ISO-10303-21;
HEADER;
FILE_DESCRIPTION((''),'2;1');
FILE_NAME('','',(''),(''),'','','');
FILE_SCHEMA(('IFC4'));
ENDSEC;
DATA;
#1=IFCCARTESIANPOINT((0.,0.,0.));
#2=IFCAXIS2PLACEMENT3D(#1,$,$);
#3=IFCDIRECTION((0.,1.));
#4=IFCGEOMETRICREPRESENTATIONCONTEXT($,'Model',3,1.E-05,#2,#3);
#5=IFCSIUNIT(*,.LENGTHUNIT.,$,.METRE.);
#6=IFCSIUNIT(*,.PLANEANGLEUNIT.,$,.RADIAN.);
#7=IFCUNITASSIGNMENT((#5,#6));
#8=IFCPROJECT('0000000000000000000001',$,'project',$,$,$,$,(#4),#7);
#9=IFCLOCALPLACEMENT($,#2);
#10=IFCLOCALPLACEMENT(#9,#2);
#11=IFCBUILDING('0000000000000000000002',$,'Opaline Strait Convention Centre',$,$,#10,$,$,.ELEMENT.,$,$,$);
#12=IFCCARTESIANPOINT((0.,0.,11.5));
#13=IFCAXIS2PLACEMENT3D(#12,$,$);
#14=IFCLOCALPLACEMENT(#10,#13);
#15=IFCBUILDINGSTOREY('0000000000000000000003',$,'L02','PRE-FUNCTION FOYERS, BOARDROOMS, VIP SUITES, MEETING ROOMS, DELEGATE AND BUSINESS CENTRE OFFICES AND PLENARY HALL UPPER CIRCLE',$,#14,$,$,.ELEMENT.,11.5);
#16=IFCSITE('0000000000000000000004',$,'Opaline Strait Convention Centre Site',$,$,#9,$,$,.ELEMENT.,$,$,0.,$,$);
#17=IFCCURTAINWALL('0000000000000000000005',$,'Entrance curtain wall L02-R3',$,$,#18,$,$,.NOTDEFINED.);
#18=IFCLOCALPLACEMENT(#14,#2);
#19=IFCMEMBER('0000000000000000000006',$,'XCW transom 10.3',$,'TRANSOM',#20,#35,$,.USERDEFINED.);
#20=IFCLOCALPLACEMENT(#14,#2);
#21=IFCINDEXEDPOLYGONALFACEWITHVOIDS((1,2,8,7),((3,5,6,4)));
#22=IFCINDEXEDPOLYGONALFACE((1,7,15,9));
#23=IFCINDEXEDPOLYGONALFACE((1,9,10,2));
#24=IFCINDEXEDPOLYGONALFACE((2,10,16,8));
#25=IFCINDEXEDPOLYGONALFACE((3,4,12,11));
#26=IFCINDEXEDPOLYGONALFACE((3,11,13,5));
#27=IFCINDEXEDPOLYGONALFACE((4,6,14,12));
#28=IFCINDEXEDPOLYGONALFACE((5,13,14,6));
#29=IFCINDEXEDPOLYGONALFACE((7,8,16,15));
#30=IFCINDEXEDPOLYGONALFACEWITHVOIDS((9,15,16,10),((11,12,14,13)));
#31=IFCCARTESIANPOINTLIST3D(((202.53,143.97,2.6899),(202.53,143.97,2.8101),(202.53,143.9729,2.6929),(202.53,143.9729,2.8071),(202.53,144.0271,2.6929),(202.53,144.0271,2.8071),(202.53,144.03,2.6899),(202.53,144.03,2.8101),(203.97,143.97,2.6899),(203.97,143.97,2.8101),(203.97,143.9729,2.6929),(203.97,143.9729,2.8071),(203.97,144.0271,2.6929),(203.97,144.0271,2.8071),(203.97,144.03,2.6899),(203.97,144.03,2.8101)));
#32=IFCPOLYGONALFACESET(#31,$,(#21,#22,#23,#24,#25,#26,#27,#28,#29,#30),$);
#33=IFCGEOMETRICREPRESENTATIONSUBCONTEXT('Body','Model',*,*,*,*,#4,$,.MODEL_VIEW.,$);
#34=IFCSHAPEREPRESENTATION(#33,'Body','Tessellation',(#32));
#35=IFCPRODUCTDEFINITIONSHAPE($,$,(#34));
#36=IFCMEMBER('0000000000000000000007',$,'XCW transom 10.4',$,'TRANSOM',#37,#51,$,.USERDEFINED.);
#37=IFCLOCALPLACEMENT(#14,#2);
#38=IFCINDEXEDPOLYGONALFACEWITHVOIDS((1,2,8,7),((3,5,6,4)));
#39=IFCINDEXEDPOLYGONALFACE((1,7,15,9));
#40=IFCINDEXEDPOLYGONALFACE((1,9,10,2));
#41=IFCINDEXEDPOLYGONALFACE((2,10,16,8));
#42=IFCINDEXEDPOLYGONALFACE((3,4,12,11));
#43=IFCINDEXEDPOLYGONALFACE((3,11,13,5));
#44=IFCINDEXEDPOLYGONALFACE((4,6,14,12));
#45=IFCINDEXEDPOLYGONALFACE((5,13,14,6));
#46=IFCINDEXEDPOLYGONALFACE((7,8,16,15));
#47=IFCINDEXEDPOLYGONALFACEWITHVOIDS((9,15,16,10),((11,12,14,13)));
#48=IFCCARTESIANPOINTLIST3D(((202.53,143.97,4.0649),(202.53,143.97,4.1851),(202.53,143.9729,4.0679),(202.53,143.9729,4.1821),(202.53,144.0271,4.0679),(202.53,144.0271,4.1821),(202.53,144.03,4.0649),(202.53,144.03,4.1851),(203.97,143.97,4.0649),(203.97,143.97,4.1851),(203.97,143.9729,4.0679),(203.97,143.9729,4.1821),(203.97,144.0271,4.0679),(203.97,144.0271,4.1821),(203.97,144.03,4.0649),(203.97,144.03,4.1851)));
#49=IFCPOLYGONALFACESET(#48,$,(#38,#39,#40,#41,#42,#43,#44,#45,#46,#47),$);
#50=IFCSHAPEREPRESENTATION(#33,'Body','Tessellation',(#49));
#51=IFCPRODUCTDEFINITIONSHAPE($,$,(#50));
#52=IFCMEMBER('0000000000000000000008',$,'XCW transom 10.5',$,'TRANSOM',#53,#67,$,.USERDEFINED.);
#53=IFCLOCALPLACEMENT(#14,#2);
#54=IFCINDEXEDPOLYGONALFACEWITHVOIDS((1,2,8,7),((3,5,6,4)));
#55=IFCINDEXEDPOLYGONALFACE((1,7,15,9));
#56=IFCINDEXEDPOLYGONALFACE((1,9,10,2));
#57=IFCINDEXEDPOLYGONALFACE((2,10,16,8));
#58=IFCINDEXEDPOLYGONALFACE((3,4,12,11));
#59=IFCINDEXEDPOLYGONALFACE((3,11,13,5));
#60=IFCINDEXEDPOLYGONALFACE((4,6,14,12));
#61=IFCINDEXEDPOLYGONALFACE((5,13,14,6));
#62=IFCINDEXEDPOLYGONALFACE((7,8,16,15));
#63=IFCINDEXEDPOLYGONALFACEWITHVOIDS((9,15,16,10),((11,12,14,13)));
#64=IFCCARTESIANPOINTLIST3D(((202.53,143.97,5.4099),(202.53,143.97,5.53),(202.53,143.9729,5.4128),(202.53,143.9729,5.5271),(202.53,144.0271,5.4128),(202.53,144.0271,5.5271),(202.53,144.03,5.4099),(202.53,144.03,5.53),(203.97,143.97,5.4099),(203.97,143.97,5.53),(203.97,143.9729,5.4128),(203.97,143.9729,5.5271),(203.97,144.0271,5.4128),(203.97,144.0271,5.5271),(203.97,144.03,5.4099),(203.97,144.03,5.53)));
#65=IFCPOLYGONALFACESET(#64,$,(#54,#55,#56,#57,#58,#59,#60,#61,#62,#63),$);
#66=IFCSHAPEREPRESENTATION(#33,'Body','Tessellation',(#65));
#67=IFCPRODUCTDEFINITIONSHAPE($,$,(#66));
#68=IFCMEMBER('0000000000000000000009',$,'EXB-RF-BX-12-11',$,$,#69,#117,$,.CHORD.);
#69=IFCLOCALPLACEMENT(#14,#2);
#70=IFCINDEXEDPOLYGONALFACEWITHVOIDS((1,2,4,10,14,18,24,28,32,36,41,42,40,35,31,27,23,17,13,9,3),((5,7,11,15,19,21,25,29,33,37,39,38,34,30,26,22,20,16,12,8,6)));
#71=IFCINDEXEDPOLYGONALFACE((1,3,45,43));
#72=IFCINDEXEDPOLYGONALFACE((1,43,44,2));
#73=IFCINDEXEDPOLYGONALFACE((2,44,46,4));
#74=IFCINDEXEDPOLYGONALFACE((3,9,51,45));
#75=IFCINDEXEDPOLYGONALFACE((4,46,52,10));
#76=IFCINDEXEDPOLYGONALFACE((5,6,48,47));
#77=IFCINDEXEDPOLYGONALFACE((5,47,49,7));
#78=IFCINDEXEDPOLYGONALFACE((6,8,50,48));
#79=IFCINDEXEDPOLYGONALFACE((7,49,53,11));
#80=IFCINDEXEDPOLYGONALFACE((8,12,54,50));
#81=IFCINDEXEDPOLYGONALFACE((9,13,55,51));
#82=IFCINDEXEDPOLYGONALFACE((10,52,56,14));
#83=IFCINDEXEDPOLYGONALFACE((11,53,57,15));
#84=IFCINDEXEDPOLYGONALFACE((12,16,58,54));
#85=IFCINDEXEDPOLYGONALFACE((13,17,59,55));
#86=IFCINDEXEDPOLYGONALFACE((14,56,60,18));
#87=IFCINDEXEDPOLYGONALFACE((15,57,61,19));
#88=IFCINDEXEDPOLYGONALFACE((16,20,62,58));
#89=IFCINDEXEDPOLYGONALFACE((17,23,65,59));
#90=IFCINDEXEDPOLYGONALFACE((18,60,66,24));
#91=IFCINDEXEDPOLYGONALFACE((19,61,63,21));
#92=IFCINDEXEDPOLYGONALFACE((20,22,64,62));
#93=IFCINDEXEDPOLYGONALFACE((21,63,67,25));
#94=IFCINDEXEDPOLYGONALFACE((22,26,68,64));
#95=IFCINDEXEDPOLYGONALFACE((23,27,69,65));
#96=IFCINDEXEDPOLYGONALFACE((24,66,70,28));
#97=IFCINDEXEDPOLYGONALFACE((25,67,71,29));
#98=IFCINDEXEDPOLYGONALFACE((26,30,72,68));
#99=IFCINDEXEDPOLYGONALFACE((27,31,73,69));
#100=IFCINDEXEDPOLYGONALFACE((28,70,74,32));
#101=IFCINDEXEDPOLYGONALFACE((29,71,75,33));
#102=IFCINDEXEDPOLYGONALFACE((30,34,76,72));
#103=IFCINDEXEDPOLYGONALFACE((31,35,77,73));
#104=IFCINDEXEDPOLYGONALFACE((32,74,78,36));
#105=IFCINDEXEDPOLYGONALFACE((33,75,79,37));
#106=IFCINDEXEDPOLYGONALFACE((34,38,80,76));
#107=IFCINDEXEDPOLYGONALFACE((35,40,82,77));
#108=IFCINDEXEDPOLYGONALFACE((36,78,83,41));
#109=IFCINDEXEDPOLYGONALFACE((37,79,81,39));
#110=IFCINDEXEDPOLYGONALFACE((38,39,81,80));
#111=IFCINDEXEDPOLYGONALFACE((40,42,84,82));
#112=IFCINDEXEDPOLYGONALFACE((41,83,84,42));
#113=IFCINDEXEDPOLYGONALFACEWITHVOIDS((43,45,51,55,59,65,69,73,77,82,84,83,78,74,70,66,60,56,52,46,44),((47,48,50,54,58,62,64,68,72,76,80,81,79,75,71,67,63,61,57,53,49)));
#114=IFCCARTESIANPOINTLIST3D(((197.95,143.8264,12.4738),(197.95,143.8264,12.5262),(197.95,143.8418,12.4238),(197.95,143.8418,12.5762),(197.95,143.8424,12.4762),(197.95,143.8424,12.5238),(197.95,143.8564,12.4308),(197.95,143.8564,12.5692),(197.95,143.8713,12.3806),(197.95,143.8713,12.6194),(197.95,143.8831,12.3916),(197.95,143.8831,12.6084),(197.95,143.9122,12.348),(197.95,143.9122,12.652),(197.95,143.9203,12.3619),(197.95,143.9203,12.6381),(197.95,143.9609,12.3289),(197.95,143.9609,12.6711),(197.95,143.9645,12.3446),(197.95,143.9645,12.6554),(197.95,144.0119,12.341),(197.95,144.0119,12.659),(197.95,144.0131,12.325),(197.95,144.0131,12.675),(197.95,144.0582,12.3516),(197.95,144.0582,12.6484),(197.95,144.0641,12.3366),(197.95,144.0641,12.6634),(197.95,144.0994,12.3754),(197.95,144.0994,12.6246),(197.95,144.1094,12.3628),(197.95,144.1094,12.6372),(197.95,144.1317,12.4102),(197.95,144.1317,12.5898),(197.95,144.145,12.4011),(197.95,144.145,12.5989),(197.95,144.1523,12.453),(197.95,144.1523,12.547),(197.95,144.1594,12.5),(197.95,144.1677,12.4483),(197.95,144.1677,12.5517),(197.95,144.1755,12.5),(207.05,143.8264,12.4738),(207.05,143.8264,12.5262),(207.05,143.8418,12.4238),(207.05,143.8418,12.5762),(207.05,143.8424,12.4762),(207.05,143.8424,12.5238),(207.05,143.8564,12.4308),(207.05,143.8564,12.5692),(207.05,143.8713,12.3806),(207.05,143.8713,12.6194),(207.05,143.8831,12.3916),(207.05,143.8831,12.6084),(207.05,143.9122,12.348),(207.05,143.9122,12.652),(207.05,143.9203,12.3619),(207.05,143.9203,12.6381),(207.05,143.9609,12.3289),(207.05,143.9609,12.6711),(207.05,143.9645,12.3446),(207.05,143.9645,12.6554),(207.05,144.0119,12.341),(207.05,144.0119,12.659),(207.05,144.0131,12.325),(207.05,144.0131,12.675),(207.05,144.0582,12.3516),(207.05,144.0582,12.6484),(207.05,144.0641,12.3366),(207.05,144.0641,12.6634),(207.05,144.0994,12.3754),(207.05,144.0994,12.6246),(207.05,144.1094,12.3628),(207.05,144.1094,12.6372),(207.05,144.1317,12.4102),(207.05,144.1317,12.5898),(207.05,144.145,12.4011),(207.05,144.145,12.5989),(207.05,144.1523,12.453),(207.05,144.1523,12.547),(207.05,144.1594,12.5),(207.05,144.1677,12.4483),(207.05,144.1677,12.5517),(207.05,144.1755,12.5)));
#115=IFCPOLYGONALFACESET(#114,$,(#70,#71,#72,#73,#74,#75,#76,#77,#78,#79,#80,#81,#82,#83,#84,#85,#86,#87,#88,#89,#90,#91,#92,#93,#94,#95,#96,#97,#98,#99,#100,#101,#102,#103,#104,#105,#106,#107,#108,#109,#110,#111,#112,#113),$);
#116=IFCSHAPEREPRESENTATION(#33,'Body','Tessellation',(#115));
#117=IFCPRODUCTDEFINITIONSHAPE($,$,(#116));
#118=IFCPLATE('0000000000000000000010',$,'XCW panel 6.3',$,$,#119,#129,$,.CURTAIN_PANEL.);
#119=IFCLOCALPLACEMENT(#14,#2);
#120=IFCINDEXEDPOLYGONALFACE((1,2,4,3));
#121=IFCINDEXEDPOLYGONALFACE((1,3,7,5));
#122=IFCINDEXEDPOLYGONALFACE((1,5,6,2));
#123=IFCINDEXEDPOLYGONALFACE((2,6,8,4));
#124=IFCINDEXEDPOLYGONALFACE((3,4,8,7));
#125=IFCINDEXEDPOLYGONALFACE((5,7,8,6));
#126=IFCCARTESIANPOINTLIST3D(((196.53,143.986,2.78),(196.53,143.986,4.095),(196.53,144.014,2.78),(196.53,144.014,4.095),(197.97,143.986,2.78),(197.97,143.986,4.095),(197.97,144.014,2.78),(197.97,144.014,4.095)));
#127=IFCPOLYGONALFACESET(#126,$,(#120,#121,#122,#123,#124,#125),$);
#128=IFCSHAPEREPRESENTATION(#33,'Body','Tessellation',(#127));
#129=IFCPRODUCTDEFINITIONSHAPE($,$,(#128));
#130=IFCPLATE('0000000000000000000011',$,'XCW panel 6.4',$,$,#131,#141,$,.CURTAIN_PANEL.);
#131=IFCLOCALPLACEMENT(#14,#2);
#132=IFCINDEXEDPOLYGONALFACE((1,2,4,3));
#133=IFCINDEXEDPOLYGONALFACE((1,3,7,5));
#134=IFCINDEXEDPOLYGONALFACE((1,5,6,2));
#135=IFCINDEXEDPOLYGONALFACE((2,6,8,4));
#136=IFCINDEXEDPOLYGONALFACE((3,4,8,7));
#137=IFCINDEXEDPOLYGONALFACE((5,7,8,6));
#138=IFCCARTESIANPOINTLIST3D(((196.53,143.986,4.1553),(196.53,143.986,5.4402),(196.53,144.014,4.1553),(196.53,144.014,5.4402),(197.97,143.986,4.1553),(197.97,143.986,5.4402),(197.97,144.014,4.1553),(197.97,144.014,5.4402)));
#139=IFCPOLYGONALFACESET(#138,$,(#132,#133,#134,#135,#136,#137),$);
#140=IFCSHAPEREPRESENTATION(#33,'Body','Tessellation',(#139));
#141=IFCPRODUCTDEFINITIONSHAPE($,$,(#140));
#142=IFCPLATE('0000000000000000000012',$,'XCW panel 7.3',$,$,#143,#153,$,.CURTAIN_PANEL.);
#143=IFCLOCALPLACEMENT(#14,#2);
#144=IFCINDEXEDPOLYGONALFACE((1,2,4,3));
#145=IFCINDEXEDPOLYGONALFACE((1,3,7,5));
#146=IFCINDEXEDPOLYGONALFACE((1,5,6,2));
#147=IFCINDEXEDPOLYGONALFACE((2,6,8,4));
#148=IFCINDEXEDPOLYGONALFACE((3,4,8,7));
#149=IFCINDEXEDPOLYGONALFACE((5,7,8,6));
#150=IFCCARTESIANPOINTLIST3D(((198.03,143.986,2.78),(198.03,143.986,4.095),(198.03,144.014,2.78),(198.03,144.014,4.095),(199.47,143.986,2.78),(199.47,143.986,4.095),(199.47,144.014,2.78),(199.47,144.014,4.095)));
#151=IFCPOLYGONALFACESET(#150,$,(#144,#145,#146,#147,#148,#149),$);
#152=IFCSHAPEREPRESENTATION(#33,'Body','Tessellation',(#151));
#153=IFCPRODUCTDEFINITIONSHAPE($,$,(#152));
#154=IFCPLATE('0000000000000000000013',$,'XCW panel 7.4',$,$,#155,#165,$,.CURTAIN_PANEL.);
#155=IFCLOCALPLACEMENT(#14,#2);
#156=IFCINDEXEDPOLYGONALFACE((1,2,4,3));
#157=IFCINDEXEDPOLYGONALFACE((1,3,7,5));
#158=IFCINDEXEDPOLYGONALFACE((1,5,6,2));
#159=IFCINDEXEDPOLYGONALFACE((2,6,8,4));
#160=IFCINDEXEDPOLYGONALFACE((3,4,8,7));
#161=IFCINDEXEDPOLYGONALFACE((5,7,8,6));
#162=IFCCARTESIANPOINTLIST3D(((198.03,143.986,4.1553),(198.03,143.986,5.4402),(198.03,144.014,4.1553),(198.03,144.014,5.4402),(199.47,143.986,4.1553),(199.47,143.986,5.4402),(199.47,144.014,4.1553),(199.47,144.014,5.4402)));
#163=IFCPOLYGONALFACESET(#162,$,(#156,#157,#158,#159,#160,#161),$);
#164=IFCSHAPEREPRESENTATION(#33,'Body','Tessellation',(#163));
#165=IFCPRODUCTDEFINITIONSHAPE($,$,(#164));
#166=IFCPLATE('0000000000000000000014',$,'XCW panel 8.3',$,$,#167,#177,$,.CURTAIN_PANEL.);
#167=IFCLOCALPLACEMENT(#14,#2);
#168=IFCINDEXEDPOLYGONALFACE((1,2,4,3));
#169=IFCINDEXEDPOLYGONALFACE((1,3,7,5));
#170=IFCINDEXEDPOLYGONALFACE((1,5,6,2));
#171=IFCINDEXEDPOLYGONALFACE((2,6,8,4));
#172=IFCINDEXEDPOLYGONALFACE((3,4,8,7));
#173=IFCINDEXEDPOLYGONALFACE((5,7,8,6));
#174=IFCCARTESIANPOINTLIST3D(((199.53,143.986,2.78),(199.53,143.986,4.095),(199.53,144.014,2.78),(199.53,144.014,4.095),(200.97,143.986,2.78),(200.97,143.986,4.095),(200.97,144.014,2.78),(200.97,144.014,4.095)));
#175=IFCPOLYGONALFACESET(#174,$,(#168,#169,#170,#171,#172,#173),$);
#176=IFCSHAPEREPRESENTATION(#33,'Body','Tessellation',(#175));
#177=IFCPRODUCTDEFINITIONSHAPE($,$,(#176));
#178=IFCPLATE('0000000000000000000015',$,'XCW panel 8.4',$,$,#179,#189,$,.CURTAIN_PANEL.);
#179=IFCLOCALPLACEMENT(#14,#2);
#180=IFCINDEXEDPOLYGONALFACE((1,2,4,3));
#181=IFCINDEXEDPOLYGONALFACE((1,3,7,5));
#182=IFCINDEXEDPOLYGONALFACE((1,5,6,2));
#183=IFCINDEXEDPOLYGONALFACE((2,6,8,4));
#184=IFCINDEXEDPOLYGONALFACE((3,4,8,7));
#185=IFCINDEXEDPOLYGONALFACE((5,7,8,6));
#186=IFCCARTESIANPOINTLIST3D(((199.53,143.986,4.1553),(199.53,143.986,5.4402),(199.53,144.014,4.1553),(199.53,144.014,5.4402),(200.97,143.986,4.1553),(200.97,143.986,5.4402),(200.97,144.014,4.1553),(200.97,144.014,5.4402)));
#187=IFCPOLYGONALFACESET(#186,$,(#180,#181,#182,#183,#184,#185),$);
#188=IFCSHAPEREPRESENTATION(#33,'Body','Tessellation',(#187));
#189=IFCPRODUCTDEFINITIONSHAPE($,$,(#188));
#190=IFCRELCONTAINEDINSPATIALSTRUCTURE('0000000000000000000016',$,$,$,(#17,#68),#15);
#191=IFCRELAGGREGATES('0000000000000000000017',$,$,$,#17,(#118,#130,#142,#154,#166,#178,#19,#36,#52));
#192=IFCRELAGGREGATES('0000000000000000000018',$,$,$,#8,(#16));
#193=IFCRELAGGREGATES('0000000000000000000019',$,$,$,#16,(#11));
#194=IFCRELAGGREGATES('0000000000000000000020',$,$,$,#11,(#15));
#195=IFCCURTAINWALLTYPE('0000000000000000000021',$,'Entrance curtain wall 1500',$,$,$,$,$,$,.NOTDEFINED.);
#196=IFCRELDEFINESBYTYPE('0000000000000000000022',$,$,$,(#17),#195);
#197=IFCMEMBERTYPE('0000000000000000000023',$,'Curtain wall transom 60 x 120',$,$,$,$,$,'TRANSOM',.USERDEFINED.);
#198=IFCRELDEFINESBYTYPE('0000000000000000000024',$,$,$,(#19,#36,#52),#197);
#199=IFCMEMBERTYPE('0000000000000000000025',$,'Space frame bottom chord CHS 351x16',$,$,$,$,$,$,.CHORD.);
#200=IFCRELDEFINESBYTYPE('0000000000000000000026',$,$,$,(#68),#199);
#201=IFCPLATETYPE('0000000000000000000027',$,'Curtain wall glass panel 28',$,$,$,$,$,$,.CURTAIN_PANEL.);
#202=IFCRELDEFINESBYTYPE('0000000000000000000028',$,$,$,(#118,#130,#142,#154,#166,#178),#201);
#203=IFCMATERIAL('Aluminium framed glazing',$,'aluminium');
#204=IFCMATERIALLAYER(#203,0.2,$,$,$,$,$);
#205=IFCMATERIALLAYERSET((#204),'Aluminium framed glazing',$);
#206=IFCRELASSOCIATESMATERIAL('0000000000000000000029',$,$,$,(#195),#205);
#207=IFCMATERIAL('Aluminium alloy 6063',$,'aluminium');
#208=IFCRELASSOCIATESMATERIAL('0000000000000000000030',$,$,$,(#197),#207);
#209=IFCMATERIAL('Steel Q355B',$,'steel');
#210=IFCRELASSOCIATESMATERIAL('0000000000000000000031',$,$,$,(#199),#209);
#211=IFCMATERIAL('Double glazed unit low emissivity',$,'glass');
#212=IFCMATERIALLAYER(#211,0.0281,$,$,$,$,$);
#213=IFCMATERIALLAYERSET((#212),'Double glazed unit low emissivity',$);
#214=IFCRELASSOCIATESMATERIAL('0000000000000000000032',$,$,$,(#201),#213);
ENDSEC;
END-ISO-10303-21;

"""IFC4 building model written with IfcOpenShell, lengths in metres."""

from ifc_helpers import new_model, si_unit, direction, frame, origin, origin_2d, place, context, subcontext, project, spatial, rectangle, hollow_rectangle, hollow_circle, extrude, material, layer, layer_set, material_profile, profile_set, type_object, element, aggregate, save


model = new_model("IFC4")

# Units and contexts
model_context = context("Model", 3, precision=1e-05, world=origin(), true_north=direction((0.0, 1.0)))
body_context = subcontext(model_context, "Body", "Model", "MODEL_VIEW")
ifc_project = project(units=[si_unit("LENGTHUNIT", "METRE"), si_unit("PLANEANGLEUNIT", "RADIAN")], contexts=[model_context])

# Site, building, storey
site_placement = place(None, origin())
site = spatial("IfcSite", under=ifc_project, at=site_placement, Name="Opaline Strait Convention Centre Site", CompositionType="ELEMENT", RefElevation=0.0)
building_placement = place(site_placement, origin())
building = spatial("IfcBuilding", under=site, at=building_placement, Name="Opaline Strait Convention Centre", CompositionType="ELEMENT")
storey_placement = place(building_placement, frame((0.0, 0.0, 11.5)))
storey = spatial("IfcBuildingStorey", under=building, at=storey_placement, Name="L02", Description="PRE-FUNCTION FOYERS, BOARDROOMS, VIP SUITES, MEETING ROOMS, DELEGATE AND BUSINESS CENTRE OFFICES AND PLENARY HALL UPPER CIRCLE", CompositionType="ELEMENT", Elevation=11.5)

# Curtain wall, members
ifc_material_1 = material(Name="Aluminium framed glazing", Category="aluminium")
ifc_layer_1 = layer(ifc_material_1, 0.2)
ifc_layer_set_1 = layer_set([ifc_layer_1], Name="Aluminium framed glazing")
curtain_wall_type = type_object("IfcCurtainWallType", Name="Entrance curtain wall 1500", PredefinedType="NOTDEFINED", material=ifc_layer_set_1)
curtain_wall_placement = place(storey_placement, origin())
curtain_wall = element("IfcCurtainWall", 1, at=curtain_wall_placement, inside=storey, type_object=curtain_wall_type, Name="Entrance curtain wall L02-R3", PredefinedType="NOTDEFINED")
ifc_material_2 = material(Name="Aluminium alloy 6063", Category="aluminium")
ifc_material_profile_1 = material_profile(ifc_material_2, hollow_rectangle(XDim=0.0601, YDim=0.1201, WallThickness=0.0029, at=origin_2d()), Name="TRANSOM 60x120x3")
ifc_profile_set_1 = profile_set([ifc_material_profile_1], Name="Aluminium alloy 6063")
member_type_1 = type_object("IfcMemberType", Name="Curtain wall transom 60 x 120", ElementType="TRANSOM", PredefinedType="USERDEFINED", material=ifc_profile_set_1)
member_1_placement = place(storey_placement, frame((202.53, 144.0, 2.75), z_axis=(1.0, 0.0, 0.0), x_axis=(0.0, 1.0, 0.0)))
member_1 = element("IfcMember", 2, at=member_1_placement, type_object=member_type_1, Name="XCW transom 10.3", ObjectType="TRANSOM", PredefinedType="USERDEFINED", context=body_context, shape_type="SweptSolid", body=[
    extrude(hollow_rectangle(XDim=0.0601, YDim=0.1201, WallThickness=0.0029, at=origin_2d()), origin(), (0.0, 0.0, 1.0), 1.4399),
])
member_2_placement = place(storey_placement, frame((202.53, 144.0, 4.125), z_axis=(1.0, 0.0, 0.0), x_axis=(0.0, 1.0, 0.0)))
member_2 = element("IfcMember", 3, at=member_2_placement, type_object=member_type_1, Name="XCW transom 10.4", ObjectType="TRANSOM", PredefinedType="USERDEFINED", context=body_context, shape_type="SweptSolid", body=[
    extrude(hollow_rectangle(XDim=0.0601, YDim=0.1201, WallThickness=0.0029, at=origin_2d()), origin(), (0.0, 0.0, 1.0), 1.4399),
])
member_3_placement = place(storey_placement, frame((202.53, 144.0, 5.47), z_axis=(1.0, 0.0, 0.0), x_axis=(0.0, 1.0, 0.0)))
member_3 = element("IfcMember", 4, at=member_3_placement, type_object=member_type_1, Name="XCW transom 10.5", ObjectType="TRANSOM", PredefinedType="USERDEFINED", context=body_context, shape_type="SweptSolid", body=[
    extrude(hollow_rectangle(XDim=0.0601, YDim=0.1201, WallThickness=0.0029, at=origin_2d()), origin(), (0.0, 0.0, 1.0), 1.4399),
])

# Member
ifc_material_3 = material(Name="Steel Q355B", Category="steel")
ifc_material_profile_2 = material_profile(ifc_material_3, hollow_circle(Radius=0.1755, WallThickness=0.0161, at=origin_2d()), Name="CHS 351x16")
ifc_profile_set_2 = profile_set([ifc_material_profile_2], Name="Steel Q355B")
member_type_2 = type_object("IfcMemberType", Name="Space frame bottom chord CHS 351x16", PredefinedType="CHORD", material=ifc_profile_set_2)
member_4_placement = place(storey_placement, frame((197.95, 144.0, 12.5), z_axis=(1.0, 0.0, 0.0), x_axis=(0.0, 1.0, 0.0)))
element("IfcMember", 5, at=member_4_placement, inside=storey, type_object=member_type_2, Name="EXB-RF-BX-12-11", PredefinedType="CHORD", context=body_context, shape_type="SweptSolid", body=[
    extrude(hollow_circle(Radius=0.1755, WallThickness=0.0161, at=origin_2d()), origin(), (0.0, 0.0, 1.0), 9.1001),
])

# Plates
ifc_material_4 = material(Name="Double glazed unit low emissivity", Category="glass")
ifc_layer_2 = layer(ifc_material_4, 0.0281)
ifc_layer_set_2 = layer_set([ifc_layer_2], Name="Double glazed unit low emissivity")
plate_type = type_object("IfcPlateType", Name="Curtain wall glass panel 28", PredefinedType="CURTAIN_PANEL", material=ifc_layer_set_2)
plate_1_placement = place(storey_placement, frame((197.25, 144.0, 2.78), z_axis=(0.0, 0.0, 1.0), x_axis=(1.0, 0.0, 0.0)))
plate_1 = element("IfcPlate", 6, at=plate_1_placement, type_object=plate_type, Name="XCW panel 6.3", PredefinedType="CURTAIN_PANEL", context=body_context, shape_type="SweptSolid", body=[
    extrude(rectangle(XDim=1.4399, YDim=0.0281, at=origin_2d()), origin(), (0.0, 0.0, 1.0), 1.3149),
])
plate_2_placement = place(storey_placement, frame((197.25, 144.0, 4.1553), z_axis=(0.0, 0.0, 1.0), x_axis=(1.0, 0.0, 0.0)))
plate_2 = element("IfcPlate", 7, at=plate_2_placement, type_object=plate_type, Name="XCW panel 6.4", PredefinedType="CURTAIN_PANEL", context=body_context, shape_type="SweptSolid", body=[
    extrude(rectangle(XDim=1.4399, YDim=0.0281, at=origin_2d()), origin(), (0.0, 0.0, 1.0), 1.2849),
])
plate_3_placement = place(storey_placement, frame((198.75, 144.0, 2.78), z_axis=(0.0, 0.0, 1.0), x_axis=(1.0, 0.0, 0.0)))
plate_3 = element("IfcPlate", 8, at=plate_3_placement, type_object=plate_type, Name="XCW panel 7.3", PredefinedType="CURTAIN_PANEL", context=body_context, shape_type="SweptSolid", body=[
    extrude(rectangle(XDim=1.4399, YDim=0.0281, at=origin_2d()), origin(), (0.0, 0.0, 1.0), 1.3149),
])
plate_4_placement = place(storey_placement, frame((198.75, 144.0, 4.1553), z_axis=(0.0, 0.0, 1.0), x_axis=(1.0, 0.0, 0.0)))
plate_4 = element("IfcPlate", 9, at=plate_4_placement, type_object=plate_type, Name="XCW panel 7.4", PredefinedType="CURTAIN_PANEL", context=body_context, shape_type="SweptSolid", body=[
    extrude(rectangle(XDim=1.4399, YDim=0.0281, at=origin_2d()), origin(), (0.0, 0.0, 1.0), 1.2849),
])
plate_5_placement = place(storey_placement, frame((200.25, 144.0, 2.78), z_axis=(0.0, 0.0, 1.0), x_axis=(1.0, 0.0, 0.0)))
plate_5 = element("IfcPlate", 10, at=plate_5_placement, type_object=plate_type, Name="XCW panel 8.3", PredefinedType="CURTAIN_PANEL", context=body_context, shape_type="SweptSolid", body=[
    extrude(rectangle(XDim=1.4399, YDim=0.0281, at=origin_2d()), origin(), (0.0, 0.0, 1.0), 1.3149),
])
plate_6_placement = place(storey_placement, frame((200.25, 144.0, 4.1553), z_axis=(0.0, 0.0, 1.0), x_axis=(1.0, 0.0, 0.0)))
plate_6 = element("IfcPlate", 11, at=plate_6_placement, type_object=plate_type, Name="XCW panel 8.4", PredefinedType="CURTAIN_PANEL", context=body_context, shape_type="SweptSolid", body=[
    extrude(rectangle(XDim=1.4399, YDim=0.0281, at=origin_2d()), origin(), (0.0, 0.0, 1.0), 1.2849),
])
aggregate(curtain_wall, [plate_1, plate_2, plate_3, plate_4, plate_5, plate_6, member_1, member_2, member_3])

save(model, "model.ifc")
